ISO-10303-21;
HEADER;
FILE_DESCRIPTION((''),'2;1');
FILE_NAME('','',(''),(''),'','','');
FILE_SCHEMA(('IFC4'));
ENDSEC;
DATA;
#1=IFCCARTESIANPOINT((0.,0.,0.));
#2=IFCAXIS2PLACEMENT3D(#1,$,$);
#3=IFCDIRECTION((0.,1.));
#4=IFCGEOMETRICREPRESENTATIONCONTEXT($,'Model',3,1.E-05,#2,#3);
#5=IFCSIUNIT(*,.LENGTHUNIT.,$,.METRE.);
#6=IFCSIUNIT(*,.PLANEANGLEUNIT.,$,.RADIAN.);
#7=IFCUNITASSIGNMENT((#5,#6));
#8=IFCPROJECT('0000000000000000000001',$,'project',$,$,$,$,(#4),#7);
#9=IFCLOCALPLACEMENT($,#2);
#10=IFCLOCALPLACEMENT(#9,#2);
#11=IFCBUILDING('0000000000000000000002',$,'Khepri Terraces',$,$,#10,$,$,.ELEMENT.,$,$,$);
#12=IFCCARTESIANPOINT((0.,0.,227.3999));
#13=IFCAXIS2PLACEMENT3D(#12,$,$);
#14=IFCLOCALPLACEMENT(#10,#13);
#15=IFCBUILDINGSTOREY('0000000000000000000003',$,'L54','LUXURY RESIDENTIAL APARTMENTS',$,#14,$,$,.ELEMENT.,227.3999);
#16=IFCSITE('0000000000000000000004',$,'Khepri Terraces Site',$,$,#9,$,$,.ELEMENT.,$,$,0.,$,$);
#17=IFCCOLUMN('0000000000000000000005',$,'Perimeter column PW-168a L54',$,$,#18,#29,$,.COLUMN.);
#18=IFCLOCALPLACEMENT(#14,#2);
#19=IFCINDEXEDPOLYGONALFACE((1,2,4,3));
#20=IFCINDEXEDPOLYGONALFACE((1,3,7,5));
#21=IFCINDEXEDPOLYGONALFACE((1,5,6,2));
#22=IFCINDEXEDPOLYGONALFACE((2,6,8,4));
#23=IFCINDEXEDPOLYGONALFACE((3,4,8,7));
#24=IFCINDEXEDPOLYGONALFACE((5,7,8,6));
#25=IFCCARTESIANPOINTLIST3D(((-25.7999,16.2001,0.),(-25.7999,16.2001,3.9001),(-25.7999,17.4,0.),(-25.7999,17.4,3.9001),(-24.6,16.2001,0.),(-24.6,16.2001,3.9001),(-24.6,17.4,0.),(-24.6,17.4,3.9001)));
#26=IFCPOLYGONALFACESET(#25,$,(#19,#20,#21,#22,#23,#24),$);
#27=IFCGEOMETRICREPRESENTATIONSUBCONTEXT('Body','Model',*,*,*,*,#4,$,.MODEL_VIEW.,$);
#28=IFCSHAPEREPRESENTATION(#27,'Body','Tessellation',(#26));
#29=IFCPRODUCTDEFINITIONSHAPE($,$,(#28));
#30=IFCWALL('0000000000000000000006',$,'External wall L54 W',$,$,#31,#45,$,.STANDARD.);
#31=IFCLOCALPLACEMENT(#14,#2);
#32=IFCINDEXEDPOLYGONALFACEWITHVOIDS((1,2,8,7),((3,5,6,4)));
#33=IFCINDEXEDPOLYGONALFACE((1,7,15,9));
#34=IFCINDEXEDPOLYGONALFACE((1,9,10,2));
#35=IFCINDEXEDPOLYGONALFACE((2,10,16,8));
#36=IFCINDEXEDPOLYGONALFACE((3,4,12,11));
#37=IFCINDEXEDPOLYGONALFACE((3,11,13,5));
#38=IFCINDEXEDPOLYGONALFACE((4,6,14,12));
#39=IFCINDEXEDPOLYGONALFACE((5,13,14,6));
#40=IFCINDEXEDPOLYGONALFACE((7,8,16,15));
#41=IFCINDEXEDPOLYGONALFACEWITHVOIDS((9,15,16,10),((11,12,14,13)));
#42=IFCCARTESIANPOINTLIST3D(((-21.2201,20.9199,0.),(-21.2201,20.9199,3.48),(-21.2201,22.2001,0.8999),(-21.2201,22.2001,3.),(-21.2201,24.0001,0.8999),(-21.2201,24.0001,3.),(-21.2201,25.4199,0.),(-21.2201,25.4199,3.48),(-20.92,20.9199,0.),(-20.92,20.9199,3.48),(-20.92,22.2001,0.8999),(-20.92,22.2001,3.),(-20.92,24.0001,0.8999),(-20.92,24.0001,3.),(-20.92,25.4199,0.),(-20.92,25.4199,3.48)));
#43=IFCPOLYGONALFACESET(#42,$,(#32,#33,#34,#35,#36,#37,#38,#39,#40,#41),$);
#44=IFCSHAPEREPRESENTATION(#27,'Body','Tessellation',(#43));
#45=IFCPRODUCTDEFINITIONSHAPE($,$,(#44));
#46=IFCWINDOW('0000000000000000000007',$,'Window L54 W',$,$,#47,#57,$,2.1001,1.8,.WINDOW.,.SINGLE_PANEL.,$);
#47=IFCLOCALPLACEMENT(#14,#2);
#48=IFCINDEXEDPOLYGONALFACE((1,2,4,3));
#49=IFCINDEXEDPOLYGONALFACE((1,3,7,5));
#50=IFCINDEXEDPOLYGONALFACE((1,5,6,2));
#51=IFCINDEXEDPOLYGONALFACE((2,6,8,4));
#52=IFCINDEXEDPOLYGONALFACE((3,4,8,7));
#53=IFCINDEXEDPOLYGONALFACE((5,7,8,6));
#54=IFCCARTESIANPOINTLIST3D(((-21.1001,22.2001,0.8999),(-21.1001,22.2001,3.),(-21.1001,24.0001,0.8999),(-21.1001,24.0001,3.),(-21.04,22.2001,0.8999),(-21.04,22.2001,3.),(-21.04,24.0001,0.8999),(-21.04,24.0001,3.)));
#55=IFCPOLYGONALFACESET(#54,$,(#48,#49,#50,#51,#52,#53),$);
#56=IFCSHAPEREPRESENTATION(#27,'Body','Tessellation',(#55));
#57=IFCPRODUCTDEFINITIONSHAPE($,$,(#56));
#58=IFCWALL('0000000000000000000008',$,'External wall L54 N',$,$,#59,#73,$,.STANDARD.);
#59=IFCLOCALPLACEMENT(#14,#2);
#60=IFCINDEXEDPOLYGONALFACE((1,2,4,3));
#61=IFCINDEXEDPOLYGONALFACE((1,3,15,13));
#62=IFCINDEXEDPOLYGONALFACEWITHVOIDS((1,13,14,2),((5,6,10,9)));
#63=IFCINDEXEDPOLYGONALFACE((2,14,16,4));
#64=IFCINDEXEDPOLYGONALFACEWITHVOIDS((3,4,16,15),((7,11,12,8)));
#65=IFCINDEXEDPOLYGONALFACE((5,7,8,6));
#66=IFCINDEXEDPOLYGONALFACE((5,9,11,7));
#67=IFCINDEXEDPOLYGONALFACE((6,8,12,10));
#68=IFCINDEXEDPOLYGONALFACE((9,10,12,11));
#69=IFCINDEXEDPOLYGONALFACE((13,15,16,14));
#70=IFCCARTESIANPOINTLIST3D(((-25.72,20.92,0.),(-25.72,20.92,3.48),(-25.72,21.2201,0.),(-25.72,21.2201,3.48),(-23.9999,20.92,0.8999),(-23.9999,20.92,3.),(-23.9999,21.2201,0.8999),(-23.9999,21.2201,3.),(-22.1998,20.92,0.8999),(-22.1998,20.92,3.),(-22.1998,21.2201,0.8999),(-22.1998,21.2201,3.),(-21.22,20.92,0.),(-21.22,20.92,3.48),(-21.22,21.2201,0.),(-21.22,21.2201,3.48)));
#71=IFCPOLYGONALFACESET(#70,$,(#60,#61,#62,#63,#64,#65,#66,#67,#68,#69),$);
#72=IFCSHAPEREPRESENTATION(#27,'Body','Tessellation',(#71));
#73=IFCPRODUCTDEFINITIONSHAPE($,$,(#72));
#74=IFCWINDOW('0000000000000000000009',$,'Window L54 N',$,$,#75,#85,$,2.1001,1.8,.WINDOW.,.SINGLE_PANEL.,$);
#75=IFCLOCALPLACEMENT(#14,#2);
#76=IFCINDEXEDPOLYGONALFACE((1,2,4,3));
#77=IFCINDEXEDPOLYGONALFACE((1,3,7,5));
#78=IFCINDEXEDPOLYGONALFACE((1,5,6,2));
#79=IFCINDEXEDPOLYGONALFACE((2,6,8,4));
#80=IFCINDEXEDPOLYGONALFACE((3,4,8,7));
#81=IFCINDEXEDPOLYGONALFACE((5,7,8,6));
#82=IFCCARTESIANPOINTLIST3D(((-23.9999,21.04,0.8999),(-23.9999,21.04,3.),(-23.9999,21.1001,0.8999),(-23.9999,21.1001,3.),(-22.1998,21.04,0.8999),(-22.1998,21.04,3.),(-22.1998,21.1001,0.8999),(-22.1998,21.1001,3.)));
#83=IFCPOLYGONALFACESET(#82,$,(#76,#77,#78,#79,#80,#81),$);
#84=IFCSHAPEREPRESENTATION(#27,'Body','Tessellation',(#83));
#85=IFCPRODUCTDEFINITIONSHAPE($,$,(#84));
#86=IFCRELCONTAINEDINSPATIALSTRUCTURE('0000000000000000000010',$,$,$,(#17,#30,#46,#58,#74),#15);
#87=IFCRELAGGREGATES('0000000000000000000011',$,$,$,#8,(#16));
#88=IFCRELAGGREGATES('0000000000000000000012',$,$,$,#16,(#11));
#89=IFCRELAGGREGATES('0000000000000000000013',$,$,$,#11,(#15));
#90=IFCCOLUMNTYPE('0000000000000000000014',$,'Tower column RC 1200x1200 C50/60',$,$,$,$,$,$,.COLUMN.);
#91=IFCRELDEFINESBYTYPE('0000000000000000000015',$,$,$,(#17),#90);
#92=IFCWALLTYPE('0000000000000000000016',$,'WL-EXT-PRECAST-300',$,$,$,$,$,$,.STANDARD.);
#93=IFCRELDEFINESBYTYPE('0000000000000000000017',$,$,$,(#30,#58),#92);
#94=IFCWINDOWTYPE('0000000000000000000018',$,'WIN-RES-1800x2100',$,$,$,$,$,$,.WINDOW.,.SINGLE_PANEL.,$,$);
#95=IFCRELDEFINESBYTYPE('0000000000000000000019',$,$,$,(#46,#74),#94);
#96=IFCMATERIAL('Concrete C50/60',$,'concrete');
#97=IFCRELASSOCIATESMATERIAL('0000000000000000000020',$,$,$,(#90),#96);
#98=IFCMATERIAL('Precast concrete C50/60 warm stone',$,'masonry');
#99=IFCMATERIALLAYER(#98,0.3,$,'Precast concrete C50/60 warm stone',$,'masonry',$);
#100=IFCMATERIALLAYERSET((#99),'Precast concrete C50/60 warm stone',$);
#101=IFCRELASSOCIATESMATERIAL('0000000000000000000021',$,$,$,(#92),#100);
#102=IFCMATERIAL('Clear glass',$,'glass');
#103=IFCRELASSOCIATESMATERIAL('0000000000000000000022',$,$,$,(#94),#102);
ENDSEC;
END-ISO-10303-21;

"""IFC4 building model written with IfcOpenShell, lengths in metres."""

from ifc_helpers import new_model, si_unit, direction, frame, frame_2d, origin, origin_2d, place, context, subcontext, project, spatial, rectangle, extrude, material, layer, layer_set, material_profile, profile_set, type_object, element, fill, save


model = new_model("IFC4")

# Units and contexts
model_context = context("Model", 3, precision=1e-05, world=origin(), true_north=direction((0.0, 1.0)))
body_context = subcontext(model_context, "Body", "Model", "MODEL_VIEW")
ifc_project = project(units=[si_unit("LENGTHUNIT", "METRE"), si_unit("PLANEANGLEUNIT", "RADIAN")], contexts=[model_context])

# Site, building, storey
site_placement = place(None, origin())
site = spatial("IfcSite", under=ifc_project, at=site_placement, Name="Khepri Terraces Site", CompositionType="ELEMENT", RefElevation=0.0)
building_placement = place(site_placement, origin())
building = spatial("IfcBuilding", under=site, at=building_placement, Name="Khepri Terraces", CompositionType="ELEMENT")
storey_placement = place(building_placement, frame((0.0, 0.0, 227.3999)))
storey = spatial("IfcBuildingStorey", under=building, at=storey_placement, Name="L54", Description="LUXURY RESIDENTIAL APARTMENTS", CompositionType="ELEMENT", Elevation=227.3999)

# Column
ifc_material_1 = material(Name="Concrete C50/60", Category="concrete")
ifc_material_profile = material_profile(ifc_material_1, rectangle(XDim=1.2, YDim=1.2, at=origin_2d()), Name="Concrete C50/60", Category="concrete")
ifc_profile_set = profile_set([ifc_material_profile], Name="Concrete C50/60")
column_type = type_object("IfcColumnType", Name="Tower column RC 1200x1200 C50/60", PredefinedType="COLUMN", material=ifc_profile_set)
column_placement = place(storey_placement, frame((-25.2, 16.8, 0.0), z_axis=(0.0, 0.0, 1.0), x_axis=(1.0, 0.0, 0.0)))
element("IfcColumn", 1, at=column_placement, inside=storey, type_object=column_type, Name="Perimeter column PW-168a L54", PredefinedType="COLUMN", context=body_context, shape_type="SweptSolid", body=[
    extrude(rectangle(XDim=1.2, YDim=1.2, at=origin_2d()), origin(), (0.0, 0.0, 1.0), 3.9001),
])

# Walls, openings, windows
ifc_material_2 = material(Name="Precast concrete C50/60 warm stone", Category="masonry")
ifc_layer = layer(ifc_material_2, 0.3, Name="Precast concrete C50/60 warm stone", Category="masonry")
ifc_layer_set = layer_set([ifc_layer], Name="Precast concrete C50/60 warm stone")
wall_type = type_object("IfcWallType", Name="WL-EXT-PRECAST-300", PredefinedType="STANDARD", material=ifc_layer_set)
wall_1_placement = place(storey_placement, frame((-21.0701, 25.4199, 0.0), z_axis=(0.0, 0.0, 1.0), x_axis=(0.0, -1.0, 0.0)))
wall_1 = element("IfcWall", 2, at=wall_1_placement, inside=storey, type_object=wall_type, Name="External wall L54 W", PredefinedType="STANDARD", context=body_context, shape_type="SweptSolid", body=[
    extrude(rectangle(XDim=4.5, YDim=0.3, at=frame_2d((2.25, 0.0))), origin(), (0.0, 0.0, 1.0), 3.48),
])
opening_1_placement = place(wall_1_placement, frame((1.4199, 0.0, 0.8999)))
opening_1 = element("IfcOpeningElement", 3, at=opening_1_placement, cuts=wall_1, PredefinedType="OPENING", context=body_context, shape_type="SweptSolid", body=[
    extrude(rectangle(XDim=1.8, YDim=2.1001, at=frame_2d((0.8999, 1.05))), frame((0.0, 0.1602, 0.0), z_axis=(0.0, -1.0, 0.0), x_axis=(1.0, 0.0, 0.0)), (0.0, 0.0, 1.0), 0.3201),
])
ifc_material_3 = material(Name="Clear glass", Category="glass")
window_type = type_object("IfcWindowType", Name="WIN-RES-1800x2100", PartitioningType="SINGLE_PANEL", PredefinedType="WINDOW", material=ifc_material_3)
window_1_placement = place(opening_1_placement, origin())
window_1 = element("IfcWindow", 4, at=window_1_placement, inside=storey, type_object=window_type, Name="Window L54 W", OverallHeight=2.1001, OverallWidth=1.8, PartitioningType="SINGLE_PANEL", PredefinedType="WINDOW", context=body_context, shape_type="SweptSolid", body=[
    extrude(rectangle(XDim=1.8, YDim=2.1001, at=frame_2d((0.8999, 1.05))), frame((0.0, 0.03, 0.0), z_axis=(0.0, -1.0, 0.0), x_axis=(1.0, 0.0, 0.0)), (0.0, 0.0, 1.0), 0.0601),
])
fill(opening_1, window_1)
wall_2_placement = place(storey_placement, frame((-21.22, 21.0701, 0.0), z_axis=(0.0, 0.0, 1.0), x_axis=(-1.0, 0.0, 0.0)))
wall_2 = element("IfcWall", 5, at=wall_2_placement, inside=storey, type_object=wall_type, Name="External wall L54 N", PredefinedType="STANDARD", context=body_context, shape_type="SweptSolid", body=[
    extrude(rectangle(XDim=4.5, YDim=0.3, at=frame_2d((2.25, 0.0))), origin(), (0.0, 0.0, 1.0), 3.48),
])
opening_2_placement = place(wall_2_placement, frame((0.98, 0.0, 0.8999)))
opening_2 = element("IfcOpeningElement", 6, at=opening_2_placement, cuts=wall_2, PredefinedType="OPENING", context=body_context, shape_type="SweptSolid", body=[
    extrude(rectangle(XDim=1.8, YDim=2.1001, at=frame_2d((0.8999, 1.05))), frame((0.0, 0.1602, 0.0), z_axis=(0.0, -1.0, 0.0), x_axis=(1.0, 0.0, 0.0)), (0.0, 0.0, 1.0), 0.3201),
])
window_2_placement = place(opening_2_placement, origin())
window_2 = element("IfcWindow", 7, at=window_2_placement, inside=storey, type_object=window_type, Name="Window L54 N", OverallHeight=2.1001, OverallWidth=1.8, PartitioningType="SINGLE_PANEL", PredefinedType="WINDOW", context=body_context, shape_type="SweptSolid", body=[
    extrude(rectangle(XDim=1.8, YDim=2.1001, at=frame_2d((0.8999, 1.05))), frame((0.0, 0.03, 0.0), z_axis=(0.0, -1.0, 0.0), x_axis=(1.0, 0.0, 0.0)), (0.0, 0.0, 1.0), 0.0601),
])
fill(opening_2, window_2)

save(model, "model.ifc")
